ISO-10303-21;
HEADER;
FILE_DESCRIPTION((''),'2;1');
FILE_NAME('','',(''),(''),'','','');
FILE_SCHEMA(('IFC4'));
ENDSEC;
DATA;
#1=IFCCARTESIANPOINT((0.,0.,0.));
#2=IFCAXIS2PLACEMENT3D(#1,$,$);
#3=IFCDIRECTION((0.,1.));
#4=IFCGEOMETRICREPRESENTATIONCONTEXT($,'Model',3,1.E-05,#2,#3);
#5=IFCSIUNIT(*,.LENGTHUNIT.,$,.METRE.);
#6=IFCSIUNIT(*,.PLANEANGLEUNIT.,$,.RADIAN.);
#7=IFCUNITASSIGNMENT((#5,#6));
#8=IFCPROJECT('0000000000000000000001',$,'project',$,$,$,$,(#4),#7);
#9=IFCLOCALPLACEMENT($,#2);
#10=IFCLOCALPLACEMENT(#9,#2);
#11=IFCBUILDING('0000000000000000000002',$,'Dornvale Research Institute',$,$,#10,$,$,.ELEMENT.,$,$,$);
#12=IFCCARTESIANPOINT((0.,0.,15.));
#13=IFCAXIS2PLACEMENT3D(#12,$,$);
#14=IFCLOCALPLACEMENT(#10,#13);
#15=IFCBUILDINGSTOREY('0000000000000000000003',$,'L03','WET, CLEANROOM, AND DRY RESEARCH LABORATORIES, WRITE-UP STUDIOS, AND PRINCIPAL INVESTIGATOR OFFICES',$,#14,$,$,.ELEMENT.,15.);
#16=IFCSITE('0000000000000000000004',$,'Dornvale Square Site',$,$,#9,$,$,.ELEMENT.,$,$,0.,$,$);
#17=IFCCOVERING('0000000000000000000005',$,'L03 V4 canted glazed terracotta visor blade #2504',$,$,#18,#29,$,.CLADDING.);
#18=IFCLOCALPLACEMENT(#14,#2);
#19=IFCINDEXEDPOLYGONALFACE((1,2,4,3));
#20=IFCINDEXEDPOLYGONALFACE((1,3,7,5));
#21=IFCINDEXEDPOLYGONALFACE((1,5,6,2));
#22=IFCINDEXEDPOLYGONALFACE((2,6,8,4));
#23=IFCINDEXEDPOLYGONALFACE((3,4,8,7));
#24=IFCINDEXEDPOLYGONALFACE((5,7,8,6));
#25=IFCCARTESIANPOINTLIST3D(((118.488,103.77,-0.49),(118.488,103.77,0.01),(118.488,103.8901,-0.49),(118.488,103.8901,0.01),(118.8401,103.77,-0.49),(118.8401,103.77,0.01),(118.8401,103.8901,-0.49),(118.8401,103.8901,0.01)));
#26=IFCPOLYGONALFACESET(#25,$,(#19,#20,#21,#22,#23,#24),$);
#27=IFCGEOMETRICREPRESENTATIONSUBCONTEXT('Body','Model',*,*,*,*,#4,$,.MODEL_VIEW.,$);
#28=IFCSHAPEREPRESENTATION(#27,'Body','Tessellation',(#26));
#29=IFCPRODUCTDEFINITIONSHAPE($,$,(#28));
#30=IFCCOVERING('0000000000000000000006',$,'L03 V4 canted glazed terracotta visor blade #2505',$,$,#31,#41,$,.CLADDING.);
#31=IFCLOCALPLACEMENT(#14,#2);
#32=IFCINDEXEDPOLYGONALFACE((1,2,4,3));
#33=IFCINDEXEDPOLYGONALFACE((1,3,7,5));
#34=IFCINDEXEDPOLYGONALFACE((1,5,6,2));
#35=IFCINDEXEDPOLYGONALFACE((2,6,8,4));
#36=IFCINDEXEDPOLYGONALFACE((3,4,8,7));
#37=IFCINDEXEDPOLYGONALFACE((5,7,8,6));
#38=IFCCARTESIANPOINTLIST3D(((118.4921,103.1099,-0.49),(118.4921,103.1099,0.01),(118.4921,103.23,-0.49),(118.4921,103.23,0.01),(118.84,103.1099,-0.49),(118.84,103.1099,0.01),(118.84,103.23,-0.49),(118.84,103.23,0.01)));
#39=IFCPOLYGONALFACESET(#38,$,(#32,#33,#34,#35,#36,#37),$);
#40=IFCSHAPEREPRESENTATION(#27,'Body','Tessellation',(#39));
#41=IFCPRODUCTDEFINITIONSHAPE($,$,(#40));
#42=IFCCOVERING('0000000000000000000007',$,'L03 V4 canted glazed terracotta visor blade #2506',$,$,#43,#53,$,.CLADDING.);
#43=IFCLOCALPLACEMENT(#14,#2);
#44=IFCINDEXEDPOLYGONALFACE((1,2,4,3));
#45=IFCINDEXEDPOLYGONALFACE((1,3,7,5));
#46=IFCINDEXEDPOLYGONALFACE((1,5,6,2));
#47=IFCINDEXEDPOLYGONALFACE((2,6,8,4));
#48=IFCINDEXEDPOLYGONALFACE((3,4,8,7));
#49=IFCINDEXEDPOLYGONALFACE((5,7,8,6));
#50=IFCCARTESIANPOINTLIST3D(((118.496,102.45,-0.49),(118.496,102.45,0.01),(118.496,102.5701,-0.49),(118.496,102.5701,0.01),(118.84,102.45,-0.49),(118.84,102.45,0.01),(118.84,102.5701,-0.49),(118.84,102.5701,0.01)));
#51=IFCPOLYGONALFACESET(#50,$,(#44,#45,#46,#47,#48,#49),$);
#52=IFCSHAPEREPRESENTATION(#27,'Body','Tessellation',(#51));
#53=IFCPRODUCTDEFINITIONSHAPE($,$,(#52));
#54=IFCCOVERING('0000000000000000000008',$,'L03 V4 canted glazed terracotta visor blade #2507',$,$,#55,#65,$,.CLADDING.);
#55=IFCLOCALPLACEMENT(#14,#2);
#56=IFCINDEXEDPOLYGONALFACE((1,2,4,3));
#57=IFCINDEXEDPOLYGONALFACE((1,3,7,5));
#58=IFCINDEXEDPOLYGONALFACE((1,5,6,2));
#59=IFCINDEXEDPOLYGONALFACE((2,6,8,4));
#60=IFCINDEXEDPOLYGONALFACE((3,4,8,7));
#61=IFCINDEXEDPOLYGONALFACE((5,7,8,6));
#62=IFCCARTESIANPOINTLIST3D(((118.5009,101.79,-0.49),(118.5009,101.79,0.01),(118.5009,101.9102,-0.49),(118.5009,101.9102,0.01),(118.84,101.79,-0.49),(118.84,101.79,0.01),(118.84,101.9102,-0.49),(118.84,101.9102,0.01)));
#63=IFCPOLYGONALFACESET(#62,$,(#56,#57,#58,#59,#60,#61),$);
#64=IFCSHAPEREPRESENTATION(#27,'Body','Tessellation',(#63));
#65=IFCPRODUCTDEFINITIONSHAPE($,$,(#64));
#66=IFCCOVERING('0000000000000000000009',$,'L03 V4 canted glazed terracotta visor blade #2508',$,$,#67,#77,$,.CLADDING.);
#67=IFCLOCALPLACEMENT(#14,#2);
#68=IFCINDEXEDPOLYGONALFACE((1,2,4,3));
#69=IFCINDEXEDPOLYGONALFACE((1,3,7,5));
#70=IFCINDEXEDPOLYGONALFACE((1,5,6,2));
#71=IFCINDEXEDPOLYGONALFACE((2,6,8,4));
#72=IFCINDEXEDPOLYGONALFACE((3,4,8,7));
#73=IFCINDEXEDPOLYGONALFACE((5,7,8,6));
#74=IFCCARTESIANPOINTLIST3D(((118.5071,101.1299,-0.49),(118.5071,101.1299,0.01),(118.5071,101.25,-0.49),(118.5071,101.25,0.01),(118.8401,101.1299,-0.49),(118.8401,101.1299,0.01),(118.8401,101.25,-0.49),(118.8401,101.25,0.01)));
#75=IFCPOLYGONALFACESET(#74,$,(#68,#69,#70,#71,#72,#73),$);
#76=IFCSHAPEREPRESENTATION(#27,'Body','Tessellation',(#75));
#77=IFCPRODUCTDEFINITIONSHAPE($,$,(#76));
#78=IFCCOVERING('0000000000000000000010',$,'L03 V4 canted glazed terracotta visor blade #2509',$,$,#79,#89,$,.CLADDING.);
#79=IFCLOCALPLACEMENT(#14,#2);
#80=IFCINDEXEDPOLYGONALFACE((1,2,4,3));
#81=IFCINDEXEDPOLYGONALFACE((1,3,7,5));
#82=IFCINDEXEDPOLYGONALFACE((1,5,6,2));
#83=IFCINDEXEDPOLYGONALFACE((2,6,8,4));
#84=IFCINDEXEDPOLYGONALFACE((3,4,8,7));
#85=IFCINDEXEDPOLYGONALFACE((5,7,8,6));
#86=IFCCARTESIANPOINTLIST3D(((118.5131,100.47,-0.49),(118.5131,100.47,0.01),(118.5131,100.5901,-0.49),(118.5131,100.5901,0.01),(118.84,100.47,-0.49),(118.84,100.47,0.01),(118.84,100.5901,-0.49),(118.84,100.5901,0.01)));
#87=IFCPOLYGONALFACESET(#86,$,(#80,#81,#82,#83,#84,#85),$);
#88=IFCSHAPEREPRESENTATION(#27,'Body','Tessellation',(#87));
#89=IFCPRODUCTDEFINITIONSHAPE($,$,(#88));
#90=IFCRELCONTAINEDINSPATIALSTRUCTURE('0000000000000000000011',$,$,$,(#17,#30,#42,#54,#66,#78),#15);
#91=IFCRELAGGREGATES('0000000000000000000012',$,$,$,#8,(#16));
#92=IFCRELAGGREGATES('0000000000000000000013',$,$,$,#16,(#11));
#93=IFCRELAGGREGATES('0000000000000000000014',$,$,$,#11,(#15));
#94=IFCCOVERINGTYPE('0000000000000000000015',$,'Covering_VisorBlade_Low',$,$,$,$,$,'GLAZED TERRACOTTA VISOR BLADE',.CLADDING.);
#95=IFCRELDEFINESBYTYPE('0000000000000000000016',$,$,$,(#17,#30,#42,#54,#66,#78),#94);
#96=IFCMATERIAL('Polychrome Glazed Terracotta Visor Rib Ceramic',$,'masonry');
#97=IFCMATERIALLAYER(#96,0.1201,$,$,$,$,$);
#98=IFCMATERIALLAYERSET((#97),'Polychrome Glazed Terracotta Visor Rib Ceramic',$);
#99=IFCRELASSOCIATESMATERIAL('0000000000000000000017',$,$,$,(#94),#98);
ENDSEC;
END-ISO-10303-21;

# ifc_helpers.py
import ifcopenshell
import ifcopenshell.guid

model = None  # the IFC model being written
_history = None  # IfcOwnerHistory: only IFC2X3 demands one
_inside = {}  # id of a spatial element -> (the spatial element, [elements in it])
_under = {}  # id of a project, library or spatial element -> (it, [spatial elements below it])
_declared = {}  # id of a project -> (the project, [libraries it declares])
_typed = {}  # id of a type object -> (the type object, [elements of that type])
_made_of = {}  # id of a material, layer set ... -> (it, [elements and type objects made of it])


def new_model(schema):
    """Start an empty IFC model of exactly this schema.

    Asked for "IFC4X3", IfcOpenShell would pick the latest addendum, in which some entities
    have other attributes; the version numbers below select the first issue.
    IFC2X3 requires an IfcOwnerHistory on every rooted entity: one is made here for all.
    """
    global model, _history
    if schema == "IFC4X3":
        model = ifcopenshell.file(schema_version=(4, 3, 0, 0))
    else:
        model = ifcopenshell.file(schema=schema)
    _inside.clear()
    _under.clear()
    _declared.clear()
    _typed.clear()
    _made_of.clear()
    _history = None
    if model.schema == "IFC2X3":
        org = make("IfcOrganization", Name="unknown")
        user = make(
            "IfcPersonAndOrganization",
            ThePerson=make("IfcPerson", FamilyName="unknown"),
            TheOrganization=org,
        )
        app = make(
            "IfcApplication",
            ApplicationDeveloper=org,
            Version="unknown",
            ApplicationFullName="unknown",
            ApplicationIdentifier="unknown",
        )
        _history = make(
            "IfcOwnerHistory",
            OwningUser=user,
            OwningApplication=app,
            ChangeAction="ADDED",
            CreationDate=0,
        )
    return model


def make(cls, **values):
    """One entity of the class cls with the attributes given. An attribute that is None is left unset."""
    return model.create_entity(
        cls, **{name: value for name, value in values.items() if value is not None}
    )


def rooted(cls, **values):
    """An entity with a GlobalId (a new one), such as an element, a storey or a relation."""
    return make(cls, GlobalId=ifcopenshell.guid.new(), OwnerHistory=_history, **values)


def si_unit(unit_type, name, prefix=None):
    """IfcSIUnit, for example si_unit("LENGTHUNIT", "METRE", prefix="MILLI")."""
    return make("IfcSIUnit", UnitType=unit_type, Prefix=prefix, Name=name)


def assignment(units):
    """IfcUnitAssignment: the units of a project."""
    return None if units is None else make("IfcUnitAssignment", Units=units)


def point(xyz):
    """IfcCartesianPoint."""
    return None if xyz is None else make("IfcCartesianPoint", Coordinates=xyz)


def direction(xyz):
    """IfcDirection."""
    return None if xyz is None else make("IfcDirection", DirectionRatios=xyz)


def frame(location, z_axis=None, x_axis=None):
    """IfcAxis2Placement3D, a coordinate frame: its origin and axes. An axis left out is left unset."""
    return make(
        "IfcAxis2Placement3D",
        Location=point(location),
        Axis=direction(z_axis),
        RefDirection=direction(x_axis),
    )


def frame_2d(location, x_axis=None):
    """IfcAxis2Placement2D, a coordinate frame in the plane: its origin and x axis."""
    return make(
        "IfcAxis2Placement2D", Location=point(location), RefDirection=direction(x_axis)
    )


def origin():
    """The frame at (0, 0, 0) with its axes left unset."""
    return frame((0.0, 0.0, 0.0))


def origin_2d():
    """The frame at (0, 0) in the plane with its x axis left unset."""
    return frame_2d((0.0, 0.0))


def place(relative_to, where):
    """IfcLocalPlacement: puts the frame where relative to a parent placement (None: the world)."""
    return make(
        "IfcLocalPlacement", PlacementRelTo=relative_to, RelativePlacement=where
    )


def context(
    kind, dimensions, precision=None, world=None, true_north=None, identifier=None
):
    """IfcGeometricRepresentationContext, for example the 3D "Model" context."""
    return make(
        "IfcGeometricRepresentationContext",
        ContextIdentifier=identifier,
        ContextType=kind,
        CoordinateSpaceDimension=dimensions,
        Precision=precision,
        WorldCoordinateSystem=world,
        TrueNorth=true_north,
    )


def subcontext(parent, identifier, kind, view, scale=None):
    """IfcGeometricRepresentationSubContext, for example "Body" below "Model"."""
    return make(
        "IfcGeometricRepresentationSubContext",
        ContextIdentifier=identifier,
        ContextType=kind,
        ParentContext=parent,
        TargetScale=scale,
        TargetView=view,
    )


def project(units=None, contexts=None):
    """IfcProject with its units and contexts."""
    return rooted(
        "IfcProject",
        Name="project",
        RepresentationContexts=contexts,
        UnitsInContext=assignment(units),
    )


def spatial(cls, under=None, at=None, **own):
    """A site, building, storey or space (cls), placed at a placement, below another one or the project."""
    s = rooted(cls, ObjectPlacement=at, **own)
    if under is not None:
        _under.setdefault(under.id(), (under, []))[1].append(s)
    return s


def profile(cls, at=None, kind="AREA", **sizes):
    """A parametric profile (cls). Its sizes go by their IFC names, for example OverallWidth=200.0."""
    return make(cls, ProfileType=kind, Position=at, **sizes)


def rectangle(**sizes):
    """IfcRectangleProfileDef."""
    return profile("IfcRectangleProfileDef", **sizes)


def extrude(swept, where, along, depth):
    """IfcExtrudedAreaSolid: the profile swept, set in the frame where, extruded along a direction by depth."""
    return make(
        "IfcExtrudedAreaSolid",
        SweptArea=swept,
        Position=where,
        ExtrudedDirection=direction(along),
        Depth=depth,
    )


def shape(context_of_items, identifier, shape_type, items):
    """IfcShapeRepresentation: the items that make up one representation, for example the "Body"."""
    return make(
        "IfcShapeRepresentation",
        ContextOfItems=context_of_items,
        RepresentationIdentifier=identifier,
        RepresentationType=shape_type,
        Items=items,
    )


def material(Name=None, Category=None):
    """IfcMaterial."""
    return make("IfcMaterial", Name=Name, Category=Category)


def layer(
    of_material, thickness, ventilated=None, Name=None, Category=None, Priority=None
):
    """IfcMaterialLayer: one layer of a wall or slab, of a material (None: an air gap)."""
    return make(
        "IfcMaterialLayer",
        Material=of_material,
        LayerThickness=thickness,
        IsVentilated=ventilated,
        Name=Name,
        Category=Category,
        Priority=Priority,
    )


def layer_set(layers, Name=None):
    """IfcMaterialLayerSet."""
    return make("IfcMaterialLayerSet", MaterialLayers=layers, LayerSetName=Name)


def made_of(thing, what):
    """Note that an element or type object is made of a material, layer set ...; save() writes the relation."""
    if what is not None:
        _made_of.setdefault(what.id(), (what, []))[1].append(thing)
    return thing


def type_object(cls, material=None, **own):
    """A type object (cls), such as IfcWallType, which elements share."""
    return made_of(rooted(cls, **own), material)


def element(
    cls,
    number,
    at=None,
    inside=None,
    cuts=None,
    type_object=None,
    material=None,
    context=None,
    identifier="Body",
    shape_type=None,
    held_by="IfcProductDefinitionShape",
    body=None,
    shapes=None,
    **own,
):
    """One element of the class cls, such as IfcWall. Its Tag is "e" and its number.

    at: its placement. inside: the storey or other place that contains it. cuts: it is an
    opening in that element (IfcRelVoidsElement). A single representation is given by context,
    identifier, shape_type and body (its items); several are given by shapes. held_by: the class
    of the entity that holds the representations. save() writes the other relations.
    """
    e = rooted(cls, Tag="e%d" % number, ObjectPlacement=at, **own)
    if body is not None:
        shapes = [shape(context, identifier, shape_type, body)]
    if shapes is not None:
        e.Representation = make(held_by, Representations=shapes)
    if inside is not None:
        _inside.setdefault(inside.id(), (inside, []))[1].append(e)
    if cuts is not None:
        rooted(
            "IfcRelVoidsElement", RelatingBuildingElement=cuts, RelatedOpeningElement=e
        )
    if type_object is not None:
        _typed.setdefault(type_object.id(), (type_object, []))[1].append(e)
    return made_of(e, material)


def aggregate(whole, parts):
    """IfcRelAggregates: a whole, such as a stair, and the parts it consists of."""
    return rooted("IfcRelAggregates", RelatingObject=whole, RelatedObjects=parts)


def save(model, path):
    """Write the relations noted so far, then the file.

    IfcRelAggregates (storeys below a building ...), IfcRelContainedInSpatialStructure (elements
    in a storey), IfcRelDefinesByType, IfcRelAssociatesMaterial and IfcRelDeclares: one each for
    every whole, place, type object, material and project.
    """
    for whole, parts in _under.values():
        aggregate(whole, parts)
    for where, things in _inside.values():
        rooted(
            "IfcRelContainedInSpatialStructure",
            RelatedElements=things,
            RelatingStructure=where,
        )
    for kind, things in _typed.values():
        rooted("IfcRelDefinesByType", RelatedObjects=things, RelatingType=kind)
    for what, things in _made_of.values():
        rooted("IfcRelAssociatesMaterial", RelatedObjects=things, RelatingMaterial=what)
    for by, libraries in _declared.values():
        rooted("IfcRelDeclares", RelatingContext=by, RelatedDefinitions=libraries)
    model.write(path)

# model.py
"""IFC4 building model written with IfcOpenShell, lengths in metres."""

from ifc_helpers import new_model, si_unit, direction, frame, origin, origin_2d, place, context, subcontext, project, spatial, rectangle, extrude, material, layer, layer_set, type_object, element, save


model = new_model("IFC4")

# Units and contexts
model_context = context("Model", 3, precision=1e-05, world=origin(), true_north=direction((0.0, 1.0)))
body_context = subcontext(model_context, "Body", "Model", "MODEL_VIEW")
ifc_project = project(units=[si_unit("LENGTHUNIT", "METRE"), si_unit("PLANEANGLEUNIT", "RADIAN")], contexts=[model_context])

# Site, building, storey
site_placement = place(None, origin())
site = spatial("IfcSite", under=ifc_project, at=site_placement, Name="Dornvale Square Site", CompositionType="ELEMENT", RefElevation=0.0)
building_placement = place(site_placement, origin())
building = spatial("IfcBuilding", under=site, at=building_placement, Name="Dornvale Research Institute", CompositionType="ELEMENT")
storey_placement = place(building_placement, frame((0.0, 0.0, 15.0)))
storey = spatial("IfcBuildingStorey", under=building, at=storey_placement, Name="L03", Description="WET, CLEANROOM, AND DRY RESEARCH LABORATORIES, WRITE-UP STUDIOS, AND PRINCIPAL INVESTIGATOR OFFICES", CompositionType="ELEMENT", Elevation=15.0)

# Coverings
ifc_material_1 = material(Name="Polychrome Glazed Terracotta Visor Rib Ceramic", Category="masonry")
ifc_layer = layer(ifc_material_1, 0.1201)
ifc_layer_set = layer_set([ifc_layer], Name="Polychrome Glazed Terracotta Visor Rib Ceramic")
covering_type = type_object("IfcCoveringType", Name="Covering_VisorBlade_Low", ElementType="GLAZED TERRACOTTA VISOR BLADE", PredefinedType="CLADDING", material=ifc_layer_set)
covering_1_placement = place(storey_placement, frame((118.6641, 103.8301, -0.49), z_axis=(0.0, 0.0, 1.0), x_axis=(1.0, 0.0, 0.0)))
element("IfcCovering", 1, at=covering_1_placement, inside=storey, type_object=covering_type, Name="L03 V4 canted glazed terracotta visor blade #2504", PredefinedType="CLADDING", context=body_context, shape_type="SweptSolid", body=[
    extrude(rectangle(XDim=0.3521, YDim=0.1201, at=origin_2d()), origin(), (0.0, 0.0, 1.0), 0.5),
])
covering_2_placement = place(storey_placement, frame((118.666, 103.1699, -0.49), z_axis=(0.0, 0.0, 1.0), x_axis=(1.0, 0.0, 0.0)))
element("IfcCovering", 2, at=covering_2_placement, inside=storey, type_object=covering_type, Name="L03 V4 canted glazed terracotta visor blade #2505", PredefinedType="CLADDING", context=body_context, shape_type="SweptSolid", body=[
    extrude(rectangle(XDim=0.3479, YDim=0.1201, at=origin_2d()), origin(), (0.0, 0.0, 1.0), 0.5),
])
covering_3_placement = place(storey_placement, frame((118.668, 102.51, -0.49), z_axis=(0.0, 0.0, 1.0), x_axis=(1.0, 0.0, 0.0)))
element("IfcCovering", 3, at=covering_3_placement, inside=storey, type_object=covering_type, Name="L03 V4 canted glazed terracotta visor blade #2506", PredefinedType="CLADDING", context=body_context, shape_type="SweptSolid", body=[
    extrude(rectangle(XDim=0.344, YDim=0.1201, at=origin_2d()), origin(), (0.0, 0.0, 1.0), 0.5),
])
covering_4_placement = place(storey_placement, frame((118.6704, 101.8501, -0.49), z_axis=(0.0, 0.0, 1.0), x_axis=(1.0, 0.0, 0.0)))
element("IfcCovering", 4, at=covering_4_placement, inside=storey, type_object=covering_type, Name="L03 V4 canted glazed terracotta visor blade #2507", PredefinedType="CLADDING", context=body_context, shape_type="SweptSolid", body=[
    extrude(rectangle(XDim=0.3391, YDim=0.1201, at=origin_2d()), origin(), (0.0, 0.0, 1.0), 0.5),
])
covering_5_placement = place(storey_placement, frame((118.6736, 101.1899, -0.49), z_axis=(0.0, 0.0, 1.0), x_axis=(1.0, 0.0, 0.0)))
element("IfcCovering", 5, at=covering_5_placement, inside=storey, type_object=covering_type, Name="L03 V4 canted glazed terracotta visor blade #2508", PredefinedType="CLADDING", context=body_context, shape_type="SweptSolid", body=[
    extrude(rectangle(XDim=0.333, YDim=0.1201, at=origin_2d()), origin(), (0.0, 0.0, 1.0), 0.5),
])
covering_6_placement = place(storey_placement, frame((118.6765, 100.53, -0.49), z_axis=(0.0, 0.0, 1.0), x_axis=(1.0, 0.0, 0.0)))
element("IfcCovering", 6, at=covering_6_placement, inside=storey, type_object=covering_type, Name="L03 V4 canted glazed terracotta visor blade #2509", PredefinedType="CLADDING", context=body_context, shape_type="SweptSolid", body=[
    extrude(rectangle(XDim=0.3269, YDim=0.1201, at=origin_2d()), origin(), (0.0, 0.0, 1.0), 0.5),
])

save(model, "model.ifc")
